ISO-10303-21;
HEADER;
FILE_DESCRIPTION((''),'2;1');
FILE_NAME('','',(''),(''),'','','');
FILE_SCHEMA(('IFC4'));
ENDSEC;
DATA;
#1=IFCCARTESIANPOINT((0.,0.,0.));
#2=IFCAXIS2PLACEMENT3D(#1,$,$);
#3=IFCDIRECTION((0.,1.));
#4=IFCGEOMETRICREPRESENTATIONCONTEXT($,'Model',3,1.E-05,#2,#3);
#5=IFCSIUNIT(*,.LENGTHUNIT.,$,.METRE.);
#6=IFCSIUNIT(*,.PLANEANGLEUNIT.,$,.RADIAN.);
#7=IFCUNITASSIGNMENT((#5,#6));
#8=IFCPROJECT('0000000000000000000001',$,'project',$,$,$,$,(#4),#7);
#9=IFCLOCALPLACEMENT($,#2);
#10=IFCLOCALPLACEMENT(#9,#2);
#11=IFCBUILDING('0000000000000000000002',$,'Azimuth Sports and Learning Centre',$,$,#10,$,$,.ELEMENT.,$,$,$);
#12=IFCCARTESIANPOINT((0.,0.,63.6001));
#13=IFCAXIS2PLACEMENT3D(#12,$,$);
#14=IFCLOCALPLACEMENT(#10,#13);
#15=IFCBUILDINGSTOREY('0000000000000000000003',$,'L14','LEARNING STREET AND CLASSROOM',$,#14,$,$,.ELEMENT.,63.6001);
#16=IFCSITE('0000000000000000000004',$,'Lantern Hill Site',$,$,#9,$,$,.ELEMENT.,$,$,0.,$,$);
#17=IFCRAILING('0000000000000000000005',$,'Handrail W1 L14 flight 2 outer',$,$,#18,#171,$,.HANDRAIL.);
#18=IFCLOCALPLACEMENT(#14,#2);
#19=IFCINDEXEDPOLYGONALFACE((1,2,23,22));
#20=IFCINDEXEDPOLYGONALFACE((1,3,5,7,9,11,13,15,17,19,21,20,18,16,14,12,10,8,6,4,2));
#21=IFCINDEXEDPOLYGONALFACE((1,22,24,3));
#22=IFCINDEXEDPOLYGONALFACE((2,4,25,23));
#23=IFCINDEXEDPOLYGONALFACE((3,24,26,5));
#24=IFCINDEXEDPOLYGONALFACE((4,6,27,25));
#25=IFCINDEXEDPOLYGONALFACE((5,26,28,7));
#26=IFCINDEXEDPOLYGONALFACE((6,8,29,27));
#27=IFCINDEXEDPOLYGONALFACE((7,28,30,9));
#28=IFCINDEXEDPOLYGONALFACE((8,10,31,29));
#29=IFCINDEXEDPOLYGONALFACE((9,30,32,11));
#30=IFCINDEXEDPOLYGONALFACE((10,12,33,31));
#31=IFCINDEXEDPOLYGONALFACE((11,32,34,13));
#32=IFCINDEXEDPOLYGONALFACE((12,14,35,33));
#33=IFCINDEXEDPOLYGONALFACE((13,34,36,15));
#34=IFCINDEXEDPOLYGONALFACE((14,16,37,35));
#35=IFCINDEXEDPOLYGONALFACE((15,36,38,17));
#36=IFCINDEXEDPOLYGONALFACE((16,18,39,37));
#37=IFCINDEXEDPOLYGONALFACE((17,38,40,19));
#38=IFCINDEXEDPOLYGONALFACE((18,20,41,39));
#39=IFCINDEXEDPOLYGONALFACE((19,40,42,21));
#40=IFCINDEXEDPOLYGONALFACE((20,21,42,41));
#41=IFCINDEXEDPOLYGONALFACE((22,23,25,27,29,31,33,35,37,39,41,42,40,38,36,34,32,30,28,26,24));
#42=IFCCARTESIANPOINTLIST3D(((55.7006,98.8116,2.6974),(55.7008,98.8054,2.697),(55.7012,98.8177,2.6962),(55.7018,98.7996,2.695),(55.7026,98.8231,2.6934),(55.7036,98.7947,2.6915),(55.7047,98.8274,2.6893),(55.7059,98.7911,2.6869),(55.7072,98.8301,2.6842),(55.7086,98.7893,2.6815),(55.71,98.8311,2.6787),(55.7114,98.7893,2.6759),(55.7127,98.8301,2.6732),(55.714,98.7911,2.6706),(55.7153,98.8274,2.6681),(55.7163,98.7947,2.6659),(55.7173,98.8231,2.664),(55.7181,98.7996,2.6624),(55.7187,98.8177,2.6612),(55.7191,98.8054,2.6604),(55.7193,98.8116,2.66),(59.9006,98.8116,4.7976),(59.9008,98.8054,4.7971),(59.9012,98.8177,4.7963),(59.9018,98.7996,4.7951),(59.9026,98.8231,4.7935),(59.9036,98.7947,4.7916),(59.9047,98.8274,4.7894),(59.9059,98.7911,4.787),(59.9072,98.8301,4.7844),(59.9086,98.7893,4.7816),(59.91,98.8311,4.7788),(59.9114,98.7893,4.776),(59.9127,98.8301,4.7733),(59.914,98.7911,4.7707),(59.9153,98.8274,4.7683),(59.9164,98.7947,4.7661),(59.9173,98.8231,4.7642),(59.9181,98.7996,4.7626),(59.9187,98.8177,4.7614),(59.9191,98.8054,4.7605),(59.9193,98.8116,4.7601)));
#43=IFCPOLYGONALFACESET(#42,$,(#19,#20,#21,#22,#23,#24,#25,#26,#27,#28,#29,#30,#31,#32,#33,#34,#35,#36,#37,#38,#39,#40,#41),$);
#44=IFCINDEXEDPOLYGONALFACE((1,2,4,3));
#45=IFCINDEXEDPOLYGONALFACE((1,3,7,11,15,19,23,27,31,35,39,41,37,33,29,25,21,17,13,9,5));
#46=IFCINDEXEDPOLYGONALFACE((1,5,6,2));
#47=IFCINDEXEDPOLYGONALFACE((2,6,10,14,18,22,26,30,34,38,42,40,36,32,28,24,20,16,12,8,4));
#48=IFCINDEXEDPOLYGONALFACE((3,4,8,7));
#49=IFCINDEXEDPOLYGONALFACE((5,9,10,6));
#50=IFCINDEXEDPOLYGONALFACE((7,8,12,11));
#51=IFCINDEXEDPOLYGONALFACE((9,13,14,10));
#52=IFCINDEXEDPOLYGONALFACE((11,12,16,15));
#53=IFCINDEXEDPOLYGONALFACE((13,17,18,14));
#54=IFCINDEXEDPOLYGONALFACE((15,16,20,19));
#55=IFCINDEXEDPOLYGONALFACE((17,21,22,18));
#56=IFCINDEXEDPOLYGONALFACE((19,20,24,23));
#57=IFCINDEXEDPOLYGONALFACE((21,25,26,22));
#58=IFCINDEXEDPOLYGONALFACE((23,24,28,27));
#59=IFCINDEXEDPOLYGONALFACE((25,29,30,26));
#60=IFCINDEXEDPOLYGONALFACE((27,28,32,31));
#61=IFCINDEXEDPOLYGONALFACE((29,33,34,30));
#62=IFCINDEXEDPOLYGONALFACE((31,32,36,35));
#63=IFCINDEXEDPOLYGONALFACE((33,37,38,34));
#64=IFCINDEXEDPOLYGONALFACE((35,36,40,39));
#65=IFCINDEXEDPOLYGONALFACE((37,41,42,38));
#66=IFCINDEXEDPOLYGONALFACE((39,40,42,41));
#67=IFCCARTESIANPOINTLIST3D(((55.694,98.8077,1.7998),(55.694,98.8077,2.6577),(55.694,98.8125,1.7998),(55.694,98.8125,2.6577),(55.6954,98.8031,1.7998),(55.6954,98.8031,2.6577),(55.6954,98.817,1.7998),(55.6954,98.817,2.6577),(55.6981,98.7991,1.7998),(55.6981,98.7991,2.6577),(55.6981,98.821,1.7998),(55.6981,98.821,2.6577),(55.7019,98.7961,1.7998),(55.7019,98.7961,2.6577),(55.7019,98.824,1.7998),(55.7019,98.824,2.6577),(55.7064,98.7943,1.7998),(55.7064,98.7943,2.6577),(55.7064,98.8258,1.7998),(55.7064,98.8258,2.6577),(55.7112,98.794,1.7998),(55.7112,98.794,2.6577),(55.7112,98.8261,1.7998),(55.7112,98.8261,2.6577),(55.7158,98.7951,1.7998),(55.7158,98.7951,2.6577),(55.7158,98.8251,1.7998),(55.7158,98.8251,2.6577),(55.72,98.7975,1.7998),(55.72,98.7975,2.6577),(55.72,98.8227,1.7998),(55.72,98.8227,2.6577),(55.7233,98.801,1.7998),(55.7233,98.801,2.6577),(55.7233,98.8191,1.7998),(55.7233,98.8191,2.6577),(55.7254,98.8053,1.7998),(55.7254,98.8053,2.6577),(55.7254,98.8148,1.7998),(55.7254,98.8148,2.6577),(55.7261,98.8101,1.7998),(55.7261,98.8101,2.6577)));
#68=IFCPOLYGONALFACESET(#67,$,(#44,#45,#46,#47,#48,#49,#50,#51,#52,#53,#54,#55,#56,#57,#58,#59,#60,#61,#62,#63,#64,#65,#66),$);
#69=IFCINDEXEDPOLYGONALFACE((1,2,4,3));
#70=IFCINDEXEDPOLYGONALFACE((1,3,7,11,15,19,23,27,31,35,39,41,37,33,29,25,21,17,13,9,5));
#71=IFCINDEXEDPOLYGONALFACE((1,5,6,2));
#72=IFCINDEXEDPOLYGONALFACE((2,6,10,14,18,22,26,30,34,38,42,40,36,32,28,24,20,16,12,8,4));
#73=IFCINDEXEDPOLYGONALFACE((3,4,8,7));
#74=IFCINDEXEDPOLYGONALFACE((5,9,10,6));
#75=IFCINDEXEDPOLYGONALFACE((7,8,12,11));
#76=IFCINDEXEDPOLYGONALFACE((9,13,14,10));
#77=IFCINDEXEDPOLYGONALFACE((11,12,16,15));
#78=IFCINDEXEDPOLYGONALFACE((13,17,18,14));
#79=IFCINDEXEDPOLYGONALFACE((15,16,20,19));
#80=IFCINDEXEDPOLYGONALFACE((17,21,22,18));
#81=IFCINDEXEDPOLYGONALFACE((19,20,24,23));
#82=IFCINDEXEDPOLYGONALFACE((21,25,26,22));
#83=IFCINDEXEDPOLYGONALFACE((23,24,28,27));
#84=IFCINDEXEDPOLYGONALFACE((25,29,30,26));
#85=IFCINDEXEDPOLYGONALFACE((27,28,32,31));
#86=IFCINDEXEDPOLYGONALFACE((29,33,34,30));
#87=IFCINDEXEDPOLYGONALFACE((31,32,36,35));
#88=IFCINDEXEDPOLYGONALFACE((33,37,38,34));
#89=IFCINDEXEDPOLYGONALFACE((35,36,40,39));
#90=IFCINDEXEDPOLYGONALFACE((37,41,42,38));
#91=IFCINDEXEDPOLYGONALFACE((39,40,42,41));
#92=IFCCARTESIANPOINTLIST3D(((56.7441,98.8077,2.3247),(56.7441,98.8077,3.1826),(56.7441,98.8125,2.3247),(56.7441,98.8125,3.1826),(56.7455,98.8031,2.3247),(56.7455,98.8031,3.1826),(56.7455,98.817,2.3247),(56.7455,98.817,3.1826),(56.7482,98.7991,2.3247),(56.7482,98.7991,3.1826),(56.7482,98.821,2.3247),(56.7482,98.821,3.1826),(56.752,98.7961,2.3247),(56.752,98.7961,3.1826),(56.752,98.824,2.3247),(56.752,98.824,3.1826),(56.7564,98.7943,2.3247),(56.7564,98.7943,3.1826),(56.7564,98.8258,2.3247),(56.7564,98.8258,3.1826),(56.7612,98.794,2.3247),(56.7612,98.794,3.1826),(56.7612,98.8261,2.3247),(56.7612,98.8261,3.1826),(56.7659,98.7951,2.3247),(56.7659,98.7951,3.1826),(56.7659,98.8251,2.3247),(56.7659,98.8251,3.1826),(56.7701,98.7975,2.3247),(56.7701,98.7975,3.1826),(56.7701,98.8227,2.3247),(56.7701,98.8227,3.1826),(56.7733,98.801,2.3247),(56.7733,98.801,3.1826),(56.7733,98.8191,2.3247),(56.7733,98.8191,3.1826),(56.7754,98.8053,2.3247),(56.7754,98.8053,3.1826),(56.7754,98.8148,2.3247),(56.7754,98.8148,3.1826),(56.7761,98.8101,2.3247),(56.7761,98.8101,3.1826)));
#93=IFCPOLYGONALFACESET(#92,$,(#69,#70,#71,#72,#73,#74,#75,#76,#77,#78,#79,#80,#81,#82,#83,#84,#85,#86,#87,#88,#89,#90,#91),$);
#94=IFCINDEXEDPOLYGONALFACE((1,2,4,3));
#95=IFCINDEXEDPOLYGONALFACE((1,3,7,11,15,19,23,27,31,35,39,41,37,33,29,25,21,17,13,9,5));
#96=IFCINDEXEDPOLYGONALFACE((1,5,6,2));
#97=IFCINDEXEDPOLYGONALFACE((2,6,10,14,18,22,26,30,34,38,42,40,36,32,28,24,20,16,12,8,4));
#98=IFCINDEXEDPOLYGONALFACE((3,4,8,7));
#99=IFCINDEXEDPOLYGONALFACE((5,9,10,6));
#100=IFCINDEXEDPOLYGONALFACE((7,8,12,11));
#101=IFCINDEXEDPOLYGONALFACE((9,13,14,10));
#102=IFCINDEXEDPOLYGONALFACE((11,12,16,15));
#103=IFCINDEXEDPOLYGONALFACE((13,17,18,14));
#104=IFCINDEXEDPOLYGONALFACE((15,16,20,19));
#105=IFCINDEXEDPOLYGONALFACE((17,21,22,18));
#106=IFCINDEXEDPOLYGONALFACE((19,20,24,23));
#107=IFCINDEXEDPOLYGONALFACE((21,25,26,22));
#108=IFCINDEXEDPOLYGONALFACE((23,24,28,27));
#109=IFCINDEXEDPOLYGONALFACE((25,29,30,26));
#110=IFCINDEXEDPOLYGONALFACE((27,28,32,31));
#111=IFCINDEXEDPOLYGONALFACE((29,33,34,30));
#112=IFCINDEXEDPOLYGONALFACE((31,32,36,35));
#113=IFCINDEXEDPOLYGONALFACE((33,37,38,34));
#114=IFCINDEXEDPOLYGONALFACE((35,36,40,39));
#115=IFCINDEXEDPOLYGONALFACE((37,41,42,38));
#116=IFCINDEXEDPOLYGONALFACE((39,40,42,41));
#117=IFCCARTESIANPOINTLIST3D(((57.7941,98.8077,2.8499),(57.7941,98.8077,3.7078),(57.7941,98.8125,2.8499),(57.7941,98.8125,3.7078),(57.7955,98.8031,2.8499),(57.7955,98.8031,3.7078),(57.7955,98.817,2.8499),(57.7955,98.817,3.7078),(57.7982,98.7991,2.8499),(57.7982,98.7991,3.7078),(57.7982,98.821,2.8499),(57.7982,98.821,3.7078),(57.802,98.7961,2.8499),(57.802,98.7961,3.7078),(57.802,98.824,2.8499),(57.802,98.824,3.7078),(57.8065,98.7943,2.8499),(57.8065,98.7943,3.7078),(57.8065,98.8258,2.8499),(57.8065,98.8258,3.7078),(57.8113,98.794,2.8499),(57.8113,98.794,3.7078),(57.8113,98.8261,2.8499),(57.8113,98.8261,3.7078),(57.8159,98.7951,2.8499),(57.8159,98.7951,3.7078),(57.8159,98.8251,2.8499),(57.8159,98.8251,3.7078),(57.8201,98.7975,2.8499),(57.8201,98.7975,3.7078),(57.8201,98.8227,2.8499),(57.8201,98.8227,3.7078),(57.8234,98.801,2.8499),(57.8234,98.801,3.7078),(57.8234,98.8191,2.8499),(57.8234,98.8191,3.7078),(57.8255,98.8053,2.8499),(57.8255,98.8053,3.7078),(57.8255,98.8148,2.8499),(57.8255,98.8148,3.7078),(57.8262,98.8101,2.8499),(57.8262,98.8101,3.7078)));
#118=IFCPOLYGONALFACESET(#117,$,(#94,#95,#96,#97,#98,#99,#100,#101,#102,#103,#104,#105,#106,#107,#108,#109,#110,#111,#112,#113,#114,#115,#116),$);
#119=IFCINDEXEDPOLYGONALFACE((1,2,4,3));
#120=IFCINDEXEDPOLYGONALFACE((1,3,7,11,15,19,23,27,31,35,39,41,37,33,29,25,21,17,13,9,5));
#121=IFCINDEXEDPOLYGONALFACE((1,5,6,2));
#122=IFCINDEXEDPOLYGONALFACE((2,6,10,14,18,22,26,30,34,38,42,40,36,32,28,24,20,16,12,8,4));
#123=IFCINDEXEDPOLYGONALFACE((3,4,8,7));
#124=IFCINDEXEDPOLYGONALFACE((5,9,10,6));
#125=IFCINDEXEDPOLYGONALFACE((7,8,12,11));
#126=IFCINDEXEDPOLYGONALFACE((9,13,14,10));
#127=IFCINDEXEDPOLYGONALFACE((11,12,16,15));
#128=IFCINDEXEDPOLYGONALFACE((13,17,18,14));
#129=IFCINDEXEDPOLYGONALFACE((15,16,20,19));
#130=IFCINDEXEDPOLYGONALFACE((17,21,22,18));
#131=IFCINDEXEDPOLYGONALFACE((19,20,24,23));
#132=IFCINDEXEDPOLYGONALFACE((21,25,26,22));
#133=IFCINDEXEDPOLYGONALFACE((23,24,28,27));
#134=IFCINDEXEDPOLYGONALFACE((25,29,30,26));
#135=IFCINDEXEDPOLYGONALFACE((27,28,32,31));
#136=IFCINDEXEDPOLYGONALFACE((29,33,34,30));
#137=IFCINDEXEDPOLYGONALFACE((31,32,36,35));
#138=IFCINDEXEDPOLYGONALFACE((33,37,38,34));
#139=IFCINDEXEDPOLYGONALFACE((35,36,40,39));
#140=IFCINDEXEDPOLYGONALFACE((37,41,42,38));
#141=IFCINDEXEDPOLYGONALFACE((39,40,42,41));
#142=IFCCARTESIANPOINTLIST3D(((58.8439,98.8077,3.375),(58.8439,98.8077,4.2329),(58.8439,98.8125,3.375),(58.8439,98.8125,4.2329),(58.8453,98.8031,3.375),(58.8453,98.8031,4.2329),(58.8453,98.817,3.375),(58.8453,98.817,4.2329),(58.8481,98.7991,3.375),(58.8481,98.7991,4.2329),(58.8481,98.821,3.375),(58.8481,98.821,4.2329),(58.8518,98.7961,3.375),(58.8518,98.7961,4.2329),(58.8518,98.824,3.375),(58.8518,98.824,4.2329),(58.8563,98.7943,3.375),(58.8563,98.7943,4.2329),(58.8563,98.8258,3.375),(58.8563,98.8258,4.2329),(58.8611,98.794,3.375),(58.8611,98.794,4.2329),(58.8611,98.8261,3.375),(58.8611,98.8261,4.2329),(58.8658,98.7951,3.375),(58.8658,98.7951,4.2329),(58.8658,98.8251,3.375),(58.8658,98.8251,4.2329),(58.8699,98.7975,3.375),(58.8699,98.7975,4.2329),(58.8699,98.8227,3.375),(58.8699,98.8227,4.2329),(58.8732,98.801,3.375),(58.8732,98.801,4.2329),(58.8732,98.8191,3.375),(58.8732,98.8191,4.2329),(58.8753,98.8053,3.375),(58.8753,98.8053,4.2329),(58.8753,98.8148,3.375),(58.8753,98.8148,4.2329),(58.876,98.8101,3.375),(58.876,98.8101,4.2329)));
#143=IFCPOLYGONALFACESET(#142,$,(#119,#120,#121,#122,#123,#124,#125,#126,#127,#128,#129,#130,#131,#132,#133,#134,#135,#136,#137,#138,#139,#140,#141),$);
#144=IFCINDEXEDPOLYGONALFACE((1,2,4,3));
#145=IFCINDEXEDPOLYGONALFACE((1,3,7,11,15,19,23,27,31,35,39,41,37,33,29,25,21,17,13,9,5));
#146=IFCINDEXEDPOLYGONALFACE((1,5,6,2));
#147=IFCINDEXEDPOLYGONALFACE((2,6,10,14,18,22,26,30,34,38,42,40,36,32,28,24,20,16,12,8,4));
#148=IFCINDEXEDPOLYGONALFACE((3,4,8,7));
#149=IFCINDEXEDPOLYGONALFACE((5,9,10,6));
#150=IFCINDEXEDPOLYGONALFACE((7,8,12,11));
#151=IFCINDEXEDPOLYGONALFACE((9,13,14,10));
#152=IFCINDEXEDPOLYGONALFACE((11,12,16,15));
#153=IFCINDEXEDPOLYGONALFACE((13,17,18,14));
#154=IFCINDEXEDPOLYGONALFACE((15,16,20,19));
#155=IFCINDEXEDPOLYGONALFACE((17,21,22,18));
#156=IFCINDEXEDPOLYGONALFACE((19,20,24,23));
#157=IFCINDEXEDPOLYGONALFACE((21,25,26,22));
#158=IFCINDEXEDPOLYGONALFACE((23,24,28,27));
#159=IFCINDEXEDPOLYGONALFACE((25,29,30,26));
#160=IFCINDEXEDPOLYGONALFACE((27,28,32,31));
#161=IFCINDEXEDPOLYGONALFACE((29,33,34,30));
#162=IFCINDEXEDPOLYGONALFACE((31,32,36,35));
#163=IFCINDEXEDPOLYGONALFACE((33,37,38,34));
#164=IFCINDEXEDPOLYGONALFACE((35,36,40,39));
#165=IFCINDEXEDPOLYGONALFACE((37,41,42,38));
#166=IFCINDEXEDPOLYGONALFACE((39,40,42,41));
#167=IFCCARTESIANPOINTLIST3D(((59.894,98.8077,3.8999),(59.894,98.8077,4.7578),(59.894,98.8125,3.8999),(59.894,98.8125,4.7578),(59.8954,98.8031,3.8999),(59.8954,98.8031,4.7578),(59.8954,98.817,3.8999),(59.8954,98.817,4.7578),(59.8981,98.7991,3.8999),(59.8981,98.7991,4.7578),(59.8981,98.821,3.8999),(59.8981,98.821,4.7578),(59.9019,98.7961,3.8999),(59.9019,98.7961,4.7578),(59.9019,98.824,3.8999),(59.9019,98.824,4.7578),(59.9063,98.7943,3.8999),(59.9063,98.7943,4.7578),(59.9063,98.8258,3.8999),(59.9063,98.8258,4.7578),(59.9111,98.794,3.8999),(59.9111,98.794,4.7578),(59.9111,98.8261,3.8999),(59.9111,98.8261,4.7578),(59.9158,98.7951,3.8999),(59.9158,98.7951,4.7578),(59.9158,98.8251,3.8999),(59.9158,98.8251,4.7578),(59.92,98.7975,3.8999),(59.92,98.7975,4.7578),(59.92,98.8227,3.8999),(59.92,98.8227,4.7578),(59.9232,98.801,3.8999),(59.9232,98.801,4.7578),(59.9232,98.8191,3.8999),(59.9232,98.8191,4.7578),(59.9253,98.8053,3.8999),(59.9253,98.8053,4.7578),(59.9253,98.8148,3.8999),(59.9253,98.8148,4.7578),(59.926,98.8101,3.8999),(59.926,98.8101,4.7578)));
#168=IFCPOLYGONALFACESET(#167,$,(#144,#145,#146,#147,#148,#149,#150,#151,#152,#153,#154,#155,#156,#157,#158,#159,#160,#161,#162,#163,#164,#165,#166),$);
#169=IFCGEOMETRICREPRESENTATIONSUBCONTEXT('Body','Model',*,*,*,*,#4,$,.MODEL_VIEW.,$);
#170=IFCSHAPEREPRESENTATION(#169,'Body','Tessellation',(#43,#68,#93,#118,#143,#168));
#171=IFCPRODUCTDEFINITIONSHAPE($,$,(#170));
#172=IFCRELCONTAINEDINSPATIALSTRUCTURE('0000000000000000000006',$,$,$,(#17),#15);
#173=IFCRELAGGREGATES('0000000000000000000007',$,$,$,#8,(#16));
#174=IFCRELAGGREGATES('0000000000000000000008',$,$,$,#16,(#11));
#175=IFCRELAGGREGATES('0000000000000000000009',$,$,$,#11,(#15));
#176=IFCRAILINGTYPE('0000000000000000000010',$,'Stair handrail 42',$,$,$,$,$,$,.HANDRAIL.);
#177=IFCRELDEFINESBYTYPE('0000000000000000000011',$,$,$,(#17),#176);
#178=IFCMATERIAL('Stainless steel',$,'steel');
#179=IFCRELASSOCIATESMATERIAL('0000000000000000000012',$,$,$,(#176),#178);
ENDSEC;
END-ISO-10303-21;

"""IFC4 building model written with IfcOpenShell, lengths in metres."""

from ifc_helpers import new_model, si_unit, direction, frame, origin, origin_2d, place, context, subcontext, project, spatial, circle, extrude, material, type_object, element, save


model = new_model("IFC4")

# Units and contexts
model_context = context("Model", 3, precision=1e-05, world=origin(), true_north=direction((0.0, 1.0)))
body_context = subcontext(model_context, "Body", "Model", "MODEL_VIEW")
ifc_project = project(units=[si_unit("LENGTHUNIT", "METRE"), si_unit("PLANEANGLEUNIT", "RADIAN")], contexts=[model_context])

# Site, building, storey
site_placement = place(None, origin())
site = spatial("IfcSite", under=ifc_project, at=site_placement, Name="Lantern Hill Site", CompositionType="ELEMENT", RefElevation=0.0)
building_placement = place(site_placement, origin())
building = spatial("IfcBuilding", under=site, at=building_placement, Name="Azimuth Sports and Learning Centre", CompositionType="ELEMENT")
storey_placement = place(building_placement, frame((0.0, 0.0, 63.6001)))
storey = spatial("IfcBuildingStorey", under=building, at=storey_placement, Name="L14", Description="LEARNING STREET AND CLASSROOM", CompositionType="ELEMENT", Elevation=63.6001)

# Railing
ifc_material_1 = material(Name="Stainless steel", Category="steel")
railing_type_1 = type_object("IfcRailingType", Name="Stair handrail 42", PredefinedType="HANDRAIL", material=ifc_material_1)
for number, where, name in (
    (1, (55.71, 98.8101, 1.7998), "Handrail W1 L14 flight 2 outer"),
):
    element("IfcRailing", number, at=place(storey_placement, frame(where)), inside=storey, type_object=railing_type_1, Name=name, PredefinedType="HANDRAIL", context=body_context, shape_type="SweptSolid", body=[
        extrude(circle(Radius=0.021, at=origin_2d()), frame((0.0, 0.0, 0.8789), z_axis=(0.894417, 0.0, 0.447234), x_axis=(0.0, 1.0, 0.0)), (0.0, 0.0, 1.0), 4.6958),
        extrude(circle(Radius=0.0161, at=origin_2d()), origin(), (0.0, 0.0, 1.0), 0.8579),
        extrude(circle(Radius=0.0161, at=origin_2d()), frame((1.05, 0.0, 0.5249)), (0.0, 0.0, 1.0), 0.8579),
        extrude(circle(Radius=0.0161, at=origin_2d()), frame((2.1001, 0.0, 1.05)), (0.0, 0.0, 1.0), 0.8579),
        extrude(circle(Radius=0.0161, at=origin_2d()), frame((3.1499, 0.0, 1.5752)), (0.0, 0.0, 1.0), 0.8579),
        extrude(circle(Radius=0.0161, at=origin_2d()), frame((4.2, 0.0, 2.1001)), (0.0, 0.0, 1.0), 0.8579),
    ])

save(model, "model.ifc")
